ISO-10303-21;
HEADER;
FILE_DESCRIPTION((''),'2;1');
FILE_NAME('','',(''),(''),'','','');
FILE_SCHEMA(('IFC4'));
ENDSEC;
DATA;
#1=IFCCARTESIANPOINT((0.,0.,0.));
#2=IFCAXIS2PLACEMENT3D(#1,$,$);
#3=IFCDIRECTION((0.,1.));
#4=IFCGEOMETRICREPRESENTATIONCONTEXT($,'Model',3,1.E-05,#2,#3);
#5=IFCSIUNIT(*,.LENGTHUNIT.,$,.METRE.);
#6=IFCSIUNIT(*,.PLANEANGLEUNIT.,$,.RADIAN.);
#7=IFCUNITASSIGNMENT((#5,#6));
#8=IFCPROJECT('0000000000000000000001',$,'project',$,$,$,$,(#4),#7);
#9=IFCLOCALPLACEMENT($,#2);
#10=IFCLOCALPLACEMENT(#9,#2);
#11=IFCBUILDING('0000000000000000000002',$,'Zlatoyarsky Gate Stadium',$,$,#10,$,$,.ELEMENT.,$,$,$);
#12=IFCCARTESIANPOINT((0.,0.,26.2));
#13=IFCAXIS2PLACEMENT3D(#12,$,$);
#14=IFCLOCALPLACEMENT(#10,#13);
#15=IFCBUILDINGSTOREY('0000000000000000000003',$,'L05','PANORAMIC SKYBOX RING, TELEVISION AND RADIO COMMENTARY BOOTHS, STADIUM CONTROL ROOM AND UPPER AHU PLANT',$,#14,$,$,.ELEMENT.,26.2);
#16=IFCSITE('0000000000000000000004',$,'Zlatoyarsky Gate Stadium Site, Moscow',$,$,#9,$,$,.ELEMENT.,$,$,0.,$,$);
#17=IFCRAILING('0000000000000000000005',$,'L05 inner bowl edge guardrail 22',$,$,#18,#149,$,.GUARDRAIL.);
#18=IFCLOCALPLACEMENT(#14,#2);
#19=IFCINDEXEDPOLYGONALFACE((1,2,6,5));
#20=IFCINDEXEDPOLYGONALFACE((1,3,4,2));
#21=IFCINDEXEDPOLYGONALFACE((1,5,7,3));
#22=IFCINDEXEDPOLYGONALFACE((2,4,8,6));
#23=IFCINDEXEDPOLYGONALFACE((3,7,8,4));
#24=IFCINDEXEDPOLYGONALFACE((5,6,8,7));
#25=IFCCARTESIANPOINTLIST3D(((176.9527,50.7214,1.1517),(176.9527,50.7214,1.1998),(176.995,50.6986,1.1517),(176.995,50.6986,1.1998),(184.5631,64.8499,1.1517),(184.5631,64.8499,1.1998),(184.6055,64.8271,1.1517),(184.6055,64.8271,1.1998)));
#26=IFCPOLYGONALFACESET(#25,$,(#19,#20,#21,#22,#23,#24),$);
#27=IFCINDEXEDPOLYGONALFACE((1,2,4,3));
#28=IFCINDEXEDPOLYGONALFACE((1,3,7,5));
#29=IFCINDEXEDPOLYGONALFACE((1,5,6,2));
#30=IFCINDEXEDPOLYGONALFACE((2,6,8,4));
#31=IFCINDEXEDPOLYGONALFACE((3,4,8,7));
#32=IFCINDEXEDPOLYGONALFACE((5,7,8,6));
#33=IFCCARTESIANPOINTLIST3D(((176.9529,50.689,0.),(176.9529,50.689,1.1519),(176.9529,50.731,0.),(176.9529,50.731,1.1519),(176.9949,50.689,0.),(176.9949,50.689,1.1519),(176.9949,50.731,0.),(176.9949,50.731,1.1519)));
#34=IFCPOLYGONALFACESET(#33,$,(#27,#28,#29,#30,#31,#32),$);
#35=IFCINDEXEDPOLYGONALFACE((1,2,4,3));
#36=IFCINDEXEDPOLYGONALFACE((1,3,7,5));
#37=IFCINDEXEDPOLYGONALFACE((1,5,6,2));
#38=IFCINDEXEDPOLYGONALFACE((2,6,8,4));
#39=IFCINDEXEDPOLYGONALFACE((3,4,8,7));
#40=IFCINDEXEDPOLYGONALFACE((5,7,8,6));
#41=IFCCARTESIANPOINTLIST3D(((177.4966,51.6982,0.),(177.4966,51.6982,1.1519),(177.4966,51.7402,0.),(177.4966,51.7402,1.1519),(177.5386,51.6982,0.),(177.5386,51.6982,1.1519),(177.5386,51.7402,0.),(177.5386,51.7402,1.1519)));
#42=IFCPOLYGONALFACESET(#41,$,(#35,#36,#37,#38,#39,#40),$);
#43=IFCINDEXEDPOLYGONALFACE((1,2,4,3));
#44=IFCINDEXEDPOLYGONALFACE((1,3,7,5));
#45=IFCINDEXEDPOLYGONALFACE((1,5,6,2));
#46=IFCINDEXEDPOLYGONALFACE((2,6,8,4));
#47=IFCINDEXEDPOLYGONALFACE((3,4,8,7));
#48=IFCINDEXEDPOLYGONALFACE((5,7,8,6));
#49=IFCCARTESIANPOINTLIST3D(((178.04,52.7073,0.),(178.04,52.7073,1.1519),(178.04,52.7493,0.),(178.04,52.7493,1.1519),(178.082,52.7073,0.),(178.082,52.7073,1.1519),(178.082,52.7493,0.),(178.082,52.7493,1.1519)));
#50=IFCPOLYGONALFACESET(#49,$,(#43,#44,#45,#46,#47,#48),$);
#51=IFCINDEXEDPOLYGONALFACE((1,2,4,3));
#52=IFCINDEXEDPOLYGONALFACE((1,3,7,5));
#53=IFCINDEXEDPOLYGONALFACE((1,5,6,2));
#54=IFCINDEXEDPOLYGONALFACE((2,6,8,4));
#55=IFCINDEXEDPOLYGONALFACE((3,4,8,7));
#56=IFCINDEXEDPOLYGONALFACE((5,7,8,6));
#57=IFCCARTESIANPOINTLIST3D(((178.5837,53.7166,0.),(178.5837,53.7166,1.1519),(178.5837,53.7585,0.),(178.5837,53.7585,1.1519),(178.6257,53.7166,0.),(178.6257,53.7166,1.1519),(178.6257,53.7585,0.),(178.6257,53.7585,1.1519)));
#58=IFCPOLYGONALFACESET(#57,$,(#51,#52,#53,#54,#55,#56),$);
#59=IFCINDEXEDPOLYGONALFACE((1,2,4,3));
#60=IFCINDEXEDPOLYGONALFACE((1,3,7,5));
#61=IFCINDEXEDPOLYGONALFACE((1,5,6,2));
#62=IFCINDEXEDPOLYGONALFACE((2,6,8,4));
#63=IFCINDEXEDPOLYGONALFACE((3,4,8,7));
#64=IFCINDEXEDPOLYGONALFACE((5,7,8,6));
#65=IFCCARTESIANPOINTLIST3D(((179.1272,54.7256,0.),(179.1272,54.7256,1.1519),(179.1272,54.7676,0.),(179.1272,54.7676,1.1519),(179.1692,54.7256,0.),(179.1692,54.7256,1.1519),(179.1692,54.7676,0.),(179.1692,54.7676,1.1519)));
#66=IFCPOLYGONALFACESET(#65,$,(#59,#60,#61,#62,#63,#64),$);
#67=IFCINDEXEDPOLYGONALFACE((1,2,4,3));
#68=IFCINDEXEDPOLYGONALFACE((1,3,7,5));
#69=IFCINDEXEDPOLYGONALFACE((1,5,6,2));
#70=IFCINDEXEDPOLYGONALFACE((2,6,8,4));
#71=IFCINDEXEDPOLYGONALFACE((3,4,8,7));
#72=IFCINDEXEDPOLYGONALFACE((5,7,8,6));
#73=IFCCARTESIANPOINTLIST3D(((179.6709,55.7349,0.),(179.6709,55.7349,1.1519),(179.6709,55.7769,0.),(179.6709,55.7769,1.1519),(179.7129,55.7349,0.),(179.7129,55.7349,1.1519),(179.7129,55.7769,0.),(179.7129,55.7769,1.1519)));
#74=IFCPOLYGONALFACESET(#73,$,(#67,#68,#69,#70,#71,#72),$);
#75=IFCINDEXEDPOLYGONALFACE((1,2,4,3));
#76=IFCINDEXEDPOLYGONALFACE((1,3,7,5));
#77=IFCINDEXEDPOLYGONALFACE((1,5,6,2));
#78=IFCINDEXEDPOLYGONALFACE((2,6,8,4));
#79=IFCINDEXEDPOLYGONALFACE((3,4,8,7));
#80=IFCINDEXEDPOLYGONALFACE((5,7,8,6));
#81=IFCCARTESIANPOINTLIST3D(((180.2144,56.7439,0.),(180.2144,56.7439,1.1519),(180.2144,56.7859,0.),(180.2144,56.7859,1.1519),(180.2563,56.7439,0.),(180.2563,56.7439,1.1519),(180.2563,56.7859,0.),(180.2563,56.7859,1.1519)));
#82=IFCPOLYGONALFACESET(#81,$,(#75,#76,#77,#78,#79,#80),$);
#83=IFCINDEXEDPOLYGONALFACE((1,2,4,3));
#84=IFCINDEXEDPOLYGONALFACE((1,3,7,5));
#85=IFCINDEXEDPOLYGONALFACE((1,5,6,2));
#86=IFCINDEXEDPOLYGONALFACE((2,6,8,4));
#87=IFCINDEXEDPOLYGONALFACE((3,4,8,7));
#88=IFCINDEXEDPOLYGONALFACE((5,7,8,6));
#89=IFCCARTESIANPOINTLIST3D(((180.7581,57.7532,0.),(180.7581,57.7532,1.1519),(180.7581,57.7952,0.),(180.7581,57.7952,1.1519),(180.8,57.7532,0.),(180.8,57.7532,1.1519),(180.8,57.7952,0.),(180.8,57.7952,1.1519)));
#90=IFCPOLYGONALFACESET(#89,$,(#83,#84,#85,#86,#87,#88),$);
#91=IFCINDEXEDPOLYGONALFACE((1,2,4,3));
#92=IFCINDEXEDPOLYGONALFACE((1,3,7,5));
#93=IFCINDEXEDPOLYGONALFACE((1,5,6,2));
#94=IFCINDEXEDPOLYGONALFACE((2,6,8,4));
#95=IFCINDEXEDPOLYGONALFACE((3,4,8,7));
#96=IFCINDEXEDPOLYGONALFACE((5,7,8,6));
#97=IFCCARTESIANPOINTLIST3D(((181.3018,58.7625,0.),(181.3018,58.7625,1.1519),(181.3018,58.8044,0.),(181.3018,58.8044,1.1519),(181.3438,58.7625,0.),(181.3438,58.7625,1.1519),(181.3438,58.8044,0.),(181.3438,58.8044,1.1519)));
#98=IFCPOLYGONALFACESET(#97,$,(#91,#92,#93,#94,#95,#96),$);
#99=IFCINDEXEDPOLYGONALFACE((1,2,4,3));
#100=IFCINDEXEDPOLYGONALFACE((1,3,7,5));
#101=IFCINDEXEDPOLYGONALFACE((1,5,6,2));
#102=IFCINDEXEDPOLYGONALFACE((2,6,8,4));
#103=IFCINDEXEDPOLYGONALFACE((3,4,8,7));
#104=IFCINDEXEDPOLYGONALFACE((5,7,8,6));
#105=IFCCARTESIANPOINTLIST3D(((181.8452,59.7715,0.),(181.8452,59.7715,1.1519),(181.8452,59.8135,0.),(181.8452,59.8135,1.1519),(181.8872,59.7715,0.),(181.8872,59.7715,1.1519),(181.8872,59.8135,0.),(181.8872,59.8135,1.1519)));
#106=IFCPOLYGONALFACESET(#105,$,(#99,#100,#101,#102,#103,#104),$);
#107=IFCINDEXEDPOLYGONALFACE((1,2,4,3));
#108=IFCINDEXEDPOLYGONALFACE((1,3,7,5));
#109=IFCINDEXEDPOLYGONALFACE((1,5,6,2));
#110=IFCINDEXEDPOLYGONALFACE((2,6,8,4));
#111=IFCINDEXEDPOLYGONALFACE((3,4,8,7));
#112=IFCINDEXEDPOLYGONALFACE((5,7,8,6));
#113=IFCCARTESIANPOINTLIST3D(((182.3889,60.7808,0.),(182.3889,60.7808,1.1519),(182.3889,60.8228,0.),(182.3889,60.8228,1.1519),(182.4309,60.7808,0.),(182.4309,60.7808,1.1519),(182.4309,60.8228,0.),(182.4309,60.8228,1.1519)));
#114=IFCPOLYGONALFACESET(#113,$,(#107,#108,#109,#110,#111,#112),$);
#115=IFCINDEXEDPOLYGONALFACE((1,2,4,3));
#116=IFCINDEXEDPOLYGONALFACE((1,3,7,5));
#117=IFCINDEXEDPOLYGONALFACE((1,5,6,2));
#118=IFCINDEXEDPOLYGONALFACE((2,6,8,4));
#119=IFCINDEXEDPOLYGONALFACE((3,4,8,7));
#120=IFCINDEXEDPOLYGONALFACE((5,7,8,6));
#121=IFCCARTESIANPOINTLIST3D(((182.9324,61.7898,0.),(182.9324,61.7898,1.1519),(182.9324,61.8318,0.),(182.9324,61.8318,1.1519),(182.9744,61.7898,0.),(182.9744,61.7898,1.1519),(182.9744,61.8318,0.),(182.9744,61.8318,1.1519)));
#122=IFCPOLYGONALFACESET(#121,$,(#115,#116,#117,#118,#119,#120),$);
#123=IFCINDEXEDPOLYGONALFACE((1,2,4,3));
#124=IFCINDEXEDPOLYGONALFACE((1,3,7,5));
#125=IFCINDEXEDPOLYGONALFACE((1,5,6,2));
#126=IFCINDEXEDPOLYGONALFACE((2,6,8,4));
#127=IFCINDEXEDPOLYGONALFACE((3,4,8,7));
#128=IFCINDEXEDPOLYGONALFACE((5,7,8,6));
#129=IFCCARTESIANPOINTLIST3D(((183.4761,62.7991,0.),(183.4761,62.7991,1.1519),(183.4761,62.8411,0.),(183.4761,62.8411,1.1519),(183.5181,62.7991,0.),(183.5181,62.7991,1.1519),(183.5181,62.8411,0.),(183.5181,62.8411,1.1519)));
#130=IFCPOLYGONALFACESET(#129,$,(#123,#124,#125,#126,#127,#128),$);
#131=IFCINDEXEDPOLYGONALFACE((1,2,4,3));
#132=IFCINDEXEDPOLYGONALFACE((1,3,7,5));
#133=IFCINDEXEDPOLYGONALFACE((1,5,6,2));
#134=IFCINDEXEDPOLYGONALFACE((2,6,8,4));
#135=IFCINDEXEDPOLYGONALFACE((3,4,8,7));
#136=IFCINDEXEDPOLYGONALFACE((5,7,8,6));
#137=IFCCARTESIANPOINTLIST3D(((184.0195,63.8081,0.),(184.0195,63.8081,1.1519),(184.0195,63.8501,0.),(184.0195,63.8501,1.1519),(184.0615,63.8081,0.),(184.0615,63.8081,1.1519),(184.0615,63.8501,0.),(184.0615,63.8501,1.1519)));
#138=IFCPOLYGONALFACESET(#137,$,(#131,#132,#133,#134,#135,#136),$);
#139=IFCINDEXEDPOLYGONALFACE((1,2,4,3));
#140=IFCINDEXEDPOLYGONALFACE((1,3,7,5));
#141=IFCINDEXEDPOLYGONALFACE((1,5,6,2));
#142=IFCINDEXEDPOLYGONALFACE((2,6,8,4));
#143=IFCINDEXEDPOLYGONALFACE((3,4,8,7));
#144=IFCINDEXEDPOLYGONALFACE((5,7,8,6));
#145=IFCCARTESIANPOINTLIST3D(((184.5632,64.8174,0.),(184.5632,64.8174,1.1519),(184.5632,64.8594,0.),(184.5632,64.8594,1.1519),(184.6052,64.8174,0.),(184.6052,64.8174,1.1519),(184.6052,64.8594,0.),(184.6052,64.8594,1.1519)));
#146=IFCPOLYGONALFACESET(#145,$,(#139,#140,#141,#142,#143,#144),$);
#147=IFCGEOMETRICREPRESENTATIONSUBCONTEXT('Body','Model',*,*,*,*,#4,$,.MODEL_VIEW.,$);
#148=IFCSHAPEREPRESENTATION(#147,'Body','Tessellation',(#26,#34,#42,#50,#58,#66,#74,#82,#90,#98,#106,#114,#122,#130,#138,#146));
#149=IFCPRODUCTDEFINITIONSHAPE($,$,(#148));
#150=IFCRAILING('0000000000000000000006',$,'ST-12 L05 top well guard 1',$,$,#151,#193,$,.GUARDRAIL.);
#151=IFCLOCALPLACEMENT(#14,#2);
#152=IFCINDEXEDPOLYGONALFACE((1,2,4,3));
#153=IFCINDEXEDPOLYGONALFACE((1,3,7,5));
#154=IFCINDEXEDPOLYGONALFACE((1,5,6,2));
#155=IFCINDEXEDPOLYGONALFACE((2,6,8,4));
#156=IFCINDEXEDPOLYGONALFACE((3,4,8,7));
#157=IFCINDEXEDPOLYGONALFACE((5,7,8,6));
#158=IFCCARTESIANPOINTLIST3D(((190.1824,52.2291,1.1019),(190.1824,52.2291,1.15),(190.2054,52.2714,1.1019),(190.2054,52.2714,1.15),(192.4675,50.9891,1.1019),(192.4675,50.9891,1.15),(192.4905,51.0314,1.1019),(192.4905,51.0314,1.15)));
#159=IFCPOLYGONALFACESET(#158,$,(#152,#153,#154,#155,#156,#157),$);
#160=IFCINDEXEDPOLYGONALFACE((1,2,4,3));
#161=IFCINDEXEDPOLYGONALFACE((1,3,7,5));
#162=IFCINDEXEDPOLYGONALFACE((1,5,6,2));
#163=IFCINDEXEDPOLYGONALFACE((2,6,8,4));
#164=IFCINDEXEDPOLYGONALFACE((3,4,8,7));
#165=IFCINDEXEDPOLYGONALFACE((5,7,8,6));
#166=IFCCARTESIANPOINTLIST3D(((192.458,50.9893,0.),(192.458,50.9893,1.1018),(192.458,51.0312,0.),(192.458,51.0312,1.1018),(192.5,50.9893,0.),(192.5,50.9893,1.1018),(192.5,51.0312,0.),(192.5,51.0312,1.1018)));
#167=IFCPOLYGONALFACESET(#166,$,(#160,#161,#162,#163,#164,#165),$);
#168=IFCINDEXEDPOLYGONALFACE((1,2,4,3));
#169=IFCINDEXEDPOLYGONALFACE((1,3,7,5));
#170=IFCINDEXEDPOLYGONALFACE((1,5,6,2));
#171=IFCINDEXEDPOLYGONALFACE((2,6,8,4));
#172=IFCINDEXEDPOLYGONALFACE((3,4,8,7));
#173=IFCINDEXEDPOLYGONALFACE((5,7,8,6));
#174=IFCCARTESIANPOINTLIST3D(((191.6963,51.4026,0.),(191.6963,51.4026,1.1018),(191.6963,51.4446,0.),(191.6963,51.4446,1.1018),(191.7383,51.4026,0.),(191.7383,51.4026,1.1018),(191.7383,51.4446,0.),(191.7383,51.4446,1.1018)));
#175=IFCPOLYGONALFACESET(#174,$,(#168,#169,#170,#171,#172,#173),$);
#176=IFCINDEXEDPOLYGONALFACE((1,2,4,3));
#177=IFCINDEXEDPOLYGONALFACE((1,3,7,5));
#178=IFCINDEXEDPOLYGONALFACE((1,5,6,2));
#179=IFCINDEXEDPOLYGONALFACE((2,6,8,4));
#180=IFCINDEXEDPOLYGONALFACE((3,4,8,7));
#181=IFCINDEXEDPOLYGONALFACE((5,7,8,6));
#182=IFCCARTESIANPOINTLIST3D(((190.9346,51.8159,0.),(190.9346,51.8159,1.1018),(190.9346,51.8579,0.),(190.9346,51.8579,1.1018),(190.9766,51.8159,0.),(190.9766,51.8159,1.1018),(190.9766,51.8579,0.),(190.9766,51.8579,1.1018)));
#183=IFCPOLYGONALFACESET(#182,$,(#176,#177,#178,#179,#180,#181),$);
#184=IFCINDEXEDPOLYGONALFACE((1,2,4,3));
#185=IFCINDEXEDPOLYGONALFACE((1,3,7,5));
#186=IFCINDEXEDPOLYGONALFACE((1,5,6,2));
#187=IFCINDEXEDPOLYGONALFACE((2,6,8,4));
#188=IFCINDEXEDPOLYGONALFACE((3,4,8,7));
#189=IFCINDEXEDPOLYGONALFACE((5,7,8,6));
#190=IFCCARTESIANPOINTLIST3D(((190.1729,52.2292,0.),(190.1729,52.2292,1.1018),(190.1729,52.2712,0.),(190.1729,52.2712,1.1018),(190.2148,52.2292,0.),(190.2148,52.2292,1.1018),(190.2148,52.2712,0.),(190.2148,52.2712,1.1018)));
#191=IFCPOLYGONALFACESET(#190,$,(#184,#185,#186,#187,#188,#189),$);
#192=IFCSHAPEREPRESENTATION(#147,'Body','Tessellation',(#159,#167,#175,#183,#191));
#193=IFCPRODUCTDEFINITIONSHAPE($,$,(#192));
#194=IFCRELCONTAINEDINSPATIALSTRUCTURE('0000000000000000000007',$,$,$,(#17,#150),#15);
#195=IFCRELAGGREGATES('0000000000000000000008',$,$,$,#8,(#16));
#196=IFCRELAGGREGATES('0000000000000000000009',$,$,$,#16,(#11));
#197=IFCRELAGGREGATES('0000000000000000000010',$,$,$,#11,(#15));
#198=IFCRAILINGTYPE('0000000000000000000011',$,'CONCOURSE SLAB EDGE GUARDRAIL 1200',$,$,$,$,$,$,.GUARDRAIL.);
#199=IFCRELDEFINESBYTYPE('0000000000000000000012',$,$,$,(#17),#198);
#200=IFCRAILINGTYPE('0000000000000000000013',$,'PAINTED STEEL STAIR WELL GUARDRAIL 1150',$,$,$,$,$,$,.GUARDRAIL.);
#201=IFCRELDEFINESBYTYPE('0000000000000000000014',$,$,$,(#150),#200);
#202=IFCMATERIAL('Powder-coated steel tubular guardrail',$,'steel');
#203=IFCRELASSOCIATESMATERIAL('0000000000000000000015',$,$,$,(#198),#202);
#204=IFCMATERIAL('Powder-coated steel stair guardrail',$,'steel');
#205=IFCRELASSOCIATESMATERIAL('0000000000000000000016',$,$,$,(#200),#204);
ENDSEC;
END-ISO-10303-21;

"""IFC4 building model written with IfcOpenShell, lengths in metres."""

from ifc_helpers import new_model, si_unit, direction, frame, origin, origin_2d, place, context, subcontext, project, spatial, rectangle, extrude, material, type_object, element, save


model = new_model("IFC4")

# Units and contexts
model_context = context("Model", 3, precision=1e-05, world=origin(), true_north=direction((0.0, 1.0)))
body_context = subcontext(model_context, "Body", "Model", "MODEL_VIEW")
ifc_project = project(units=[si_unit("LENGTHUNIT", "METRE"), si_unit("PLANEANGLEUNIT", "RADIAN")], contexts=[model_context])

# Site, building, storey
site_placement = place(None, origin())
site = spatial("IfcSite", under=ifc_project, at=site_placement, Name="Zlatoyarsky Gate Stadium Site, Moscow", CompositionType="ELEMENT", RefElevation=0.0)
building_placement = place(site_placement, origin())
building = spatial("IfcBuilding", under=site, at=building_placement, Name="Zlatoyarsky Gate Stadium", CompositionType="ELEMENT")
storey_placement = place(building_placement, frame((0.0, 0.0, 26.2)))
storey = spatial("IfcBuildingStorey", under=building, at=storey_placement, Name="L05", Description="PANORAMIC SKYBOX RING, TELEVISION AND RADIO COMMENTARY BOOTHS, STADIUM CONTROL ROOM AND UPPER AHU PLANT", CompositionType="ELEMENT", Elevation=26.2)

# Railings
ifc_material_1 = material(Name="Powder-coated steel tubular guardrail", Category="steel")
railing_type_1 = type_object("IfcRailingType", Name="CONCOURSE SLAB EDGE GUARDRAIL 1200", PredefinedType="GUARDRAIL", material=ifc_material_1)
railing_1_placement = place(storey_placement, frame((176.9739, 50.71, 0.0)))
element("IfcRailing", 1, at=railing_1_placement, inside=storey, type_object=railing_type_1, Name="L05 inner bowl edge guardrail 22", PredefinedType="GUARDRAIL", context=body_context, shape_type="SweptSolid", body=[
    extrude(rectangle(XDim=0.0481, YDim=0.0481, at=origin_2d()), frame((0.0, 0.0, 1.1758), z_axis=(0.474232, 0.8804, 0.0), x_axis=(-0.8804, 0.474232, 0.0)), (0.0, 0.0, 1.0), 16.0479),
    extrude(rectangle(XDim=0.042, YDim=0.042, at=origin_2d()), origin(), (0.0, 0.0, 1.0), 1.1519),
    extrude(rectangle(XDim=0.042, YDim=0.042, at=origin_2d()), frame((0.5437, 1.0093, 0.0)), (0.0, 0.0, 1.0), 1.1519),
    extrude(rectangle(XDim=0.042, YDim=0.042, at=origin_2d()), frame((1.0872, 2.0183, 0.0)), (0.0, 0.0, 1.0), 1.1519),
    extrude(rectangle(XDim=0.042, YDim=0.042, at=origin_2d()), frame((1.6309, 3.0276, 0.0)), (0.0, 0.0, 1.0), 1.1519),
    extrude(rectangle(XDim=0.042, YDim=0.042, at=origin_2d()), frame((2.1743, 4.0366, 0.0)), (0.0, 0.0, 1.0), 1.1519),
    extrude(rectangle(XDim=0.042, YDim=0.042, at=origin_2d()), frame((2.718, 5.0459, 0.0)), (0.0, 0.0, 1.0), 1.1519),
    extrude(rectangle(XDim=0.042, YDim=0.042, at=origin_2d()), frame((3.2615, 6.0549, 0.0)), (0.0, 0.0, 1.0), 1.1519),
    extrude(rectangle(XDim=0.042, YDim=0.042, at=origin_2d()), frame((3.8052, 7.0642, 0.0)), (0.0, 0.0, 1.0), 1.1519),
    extrude(rectangle(XDim=0.042, YDim=0.042, at=origin_2d()), frame((4.3489, 8.0735, 0.0)), (0.0, 0.0, 1.0), 1.1519),
    extrude(rectangle(XDim=0.042, YDim=0.042, at=origin_2d()), frame((4.8923, 9.0825, 0.0)), (0.0, 0.0, 1.0), 1.1519),
    extrude(rectangle(XDim=0.042, YDim=0.042, at=origin_2d()), frame((5.436, 10.0918, 0.0)), (0.0, 0.0, 1.0), 1.1519),
    extrude(rectangle(XDim=0.042, YDim=0.042, at=origin_2d()), frame((5.9795, 11.1008, 0.0)), (0.0, 0.0, 1.0), 1.1519),
    extrude(rectangle(XDim=0.042, YDim=0.042, at=origin_2d()), frame((6.5232, 12.1101, 0.0)), (0.0, 0.0, 1.0), 1.1519),
    extrude(rectangle(XDim=0.042, YDim=0.042, at=origin_2d()), frame((7.0667, 13.1191, 0.0)), (0.0, 0.0, 1.0), 1.1519),
    extrude(rectangle(XDim=0.042, YDim=0.042, at=origin_2d()), frame((7.6104, 14.1284, 0.0)), (0.0, 0.0, 1.0), 1.1519),
])
ifc_material_2 = material(Name="Powder-coated steel stair guardrail", Category="steel")
railing_type_2 = type_object("IfcRailingType", Name="PAINTED STEEL STAIR WELL GUARDRAIL 1150", PredefinedType="GUARDRAIL", material=ifc_material_2)
railing_2_placement = place(storey_placement, frame((192.479, 51.0103, 0.0)))
element("IfcRailing", 2, at=railing_2_placement, inside=storey, type_object=railing_type_2, Name="ST-12 L05 top well guard 1", PredefinedType="GUARDRAIL", context=body_context, shape_type="SweptSolid", body=[
    extrude(rectangle(XDim=0.0481, YDim=0.0481, at=origin_2d()), frame((0.0, 0.0, 1.126), z_axis=(-0.878938, 0.476936, 0.0), x_axis=(-0.476936, -0.878938, 0.0)), (0.0, 0.0, 1.0), 2.5999),
    extrude(rectangle(XDim=0.042, YDim=0.042, at=origin_2d()), origin(), (0.0, 0.0, 1.0), 1.1018),
    extrude(rectangle(XDim=0.042, YDim=0.042, at=origin_2d()), frame((-0.7617, 0.4133, 0.0)), (0.0, 0.0, 1.0), 1.1018),
    extrude(rectangle(XDim=0.042, YDim=0.042, at=origin_2d()), frame((-1.5234, 0.8267, 0.0)), (0.0, 0.0, 1.0), 1.1018),
    extrude(rectangle(XDim=0.042, YDim=0.042, at=origin_2d()), frame((-2.2852, 1.24, 0.0)), (0.0, 0.0, 1.0), 1.1018),
])

save(model, "model.ifc")
